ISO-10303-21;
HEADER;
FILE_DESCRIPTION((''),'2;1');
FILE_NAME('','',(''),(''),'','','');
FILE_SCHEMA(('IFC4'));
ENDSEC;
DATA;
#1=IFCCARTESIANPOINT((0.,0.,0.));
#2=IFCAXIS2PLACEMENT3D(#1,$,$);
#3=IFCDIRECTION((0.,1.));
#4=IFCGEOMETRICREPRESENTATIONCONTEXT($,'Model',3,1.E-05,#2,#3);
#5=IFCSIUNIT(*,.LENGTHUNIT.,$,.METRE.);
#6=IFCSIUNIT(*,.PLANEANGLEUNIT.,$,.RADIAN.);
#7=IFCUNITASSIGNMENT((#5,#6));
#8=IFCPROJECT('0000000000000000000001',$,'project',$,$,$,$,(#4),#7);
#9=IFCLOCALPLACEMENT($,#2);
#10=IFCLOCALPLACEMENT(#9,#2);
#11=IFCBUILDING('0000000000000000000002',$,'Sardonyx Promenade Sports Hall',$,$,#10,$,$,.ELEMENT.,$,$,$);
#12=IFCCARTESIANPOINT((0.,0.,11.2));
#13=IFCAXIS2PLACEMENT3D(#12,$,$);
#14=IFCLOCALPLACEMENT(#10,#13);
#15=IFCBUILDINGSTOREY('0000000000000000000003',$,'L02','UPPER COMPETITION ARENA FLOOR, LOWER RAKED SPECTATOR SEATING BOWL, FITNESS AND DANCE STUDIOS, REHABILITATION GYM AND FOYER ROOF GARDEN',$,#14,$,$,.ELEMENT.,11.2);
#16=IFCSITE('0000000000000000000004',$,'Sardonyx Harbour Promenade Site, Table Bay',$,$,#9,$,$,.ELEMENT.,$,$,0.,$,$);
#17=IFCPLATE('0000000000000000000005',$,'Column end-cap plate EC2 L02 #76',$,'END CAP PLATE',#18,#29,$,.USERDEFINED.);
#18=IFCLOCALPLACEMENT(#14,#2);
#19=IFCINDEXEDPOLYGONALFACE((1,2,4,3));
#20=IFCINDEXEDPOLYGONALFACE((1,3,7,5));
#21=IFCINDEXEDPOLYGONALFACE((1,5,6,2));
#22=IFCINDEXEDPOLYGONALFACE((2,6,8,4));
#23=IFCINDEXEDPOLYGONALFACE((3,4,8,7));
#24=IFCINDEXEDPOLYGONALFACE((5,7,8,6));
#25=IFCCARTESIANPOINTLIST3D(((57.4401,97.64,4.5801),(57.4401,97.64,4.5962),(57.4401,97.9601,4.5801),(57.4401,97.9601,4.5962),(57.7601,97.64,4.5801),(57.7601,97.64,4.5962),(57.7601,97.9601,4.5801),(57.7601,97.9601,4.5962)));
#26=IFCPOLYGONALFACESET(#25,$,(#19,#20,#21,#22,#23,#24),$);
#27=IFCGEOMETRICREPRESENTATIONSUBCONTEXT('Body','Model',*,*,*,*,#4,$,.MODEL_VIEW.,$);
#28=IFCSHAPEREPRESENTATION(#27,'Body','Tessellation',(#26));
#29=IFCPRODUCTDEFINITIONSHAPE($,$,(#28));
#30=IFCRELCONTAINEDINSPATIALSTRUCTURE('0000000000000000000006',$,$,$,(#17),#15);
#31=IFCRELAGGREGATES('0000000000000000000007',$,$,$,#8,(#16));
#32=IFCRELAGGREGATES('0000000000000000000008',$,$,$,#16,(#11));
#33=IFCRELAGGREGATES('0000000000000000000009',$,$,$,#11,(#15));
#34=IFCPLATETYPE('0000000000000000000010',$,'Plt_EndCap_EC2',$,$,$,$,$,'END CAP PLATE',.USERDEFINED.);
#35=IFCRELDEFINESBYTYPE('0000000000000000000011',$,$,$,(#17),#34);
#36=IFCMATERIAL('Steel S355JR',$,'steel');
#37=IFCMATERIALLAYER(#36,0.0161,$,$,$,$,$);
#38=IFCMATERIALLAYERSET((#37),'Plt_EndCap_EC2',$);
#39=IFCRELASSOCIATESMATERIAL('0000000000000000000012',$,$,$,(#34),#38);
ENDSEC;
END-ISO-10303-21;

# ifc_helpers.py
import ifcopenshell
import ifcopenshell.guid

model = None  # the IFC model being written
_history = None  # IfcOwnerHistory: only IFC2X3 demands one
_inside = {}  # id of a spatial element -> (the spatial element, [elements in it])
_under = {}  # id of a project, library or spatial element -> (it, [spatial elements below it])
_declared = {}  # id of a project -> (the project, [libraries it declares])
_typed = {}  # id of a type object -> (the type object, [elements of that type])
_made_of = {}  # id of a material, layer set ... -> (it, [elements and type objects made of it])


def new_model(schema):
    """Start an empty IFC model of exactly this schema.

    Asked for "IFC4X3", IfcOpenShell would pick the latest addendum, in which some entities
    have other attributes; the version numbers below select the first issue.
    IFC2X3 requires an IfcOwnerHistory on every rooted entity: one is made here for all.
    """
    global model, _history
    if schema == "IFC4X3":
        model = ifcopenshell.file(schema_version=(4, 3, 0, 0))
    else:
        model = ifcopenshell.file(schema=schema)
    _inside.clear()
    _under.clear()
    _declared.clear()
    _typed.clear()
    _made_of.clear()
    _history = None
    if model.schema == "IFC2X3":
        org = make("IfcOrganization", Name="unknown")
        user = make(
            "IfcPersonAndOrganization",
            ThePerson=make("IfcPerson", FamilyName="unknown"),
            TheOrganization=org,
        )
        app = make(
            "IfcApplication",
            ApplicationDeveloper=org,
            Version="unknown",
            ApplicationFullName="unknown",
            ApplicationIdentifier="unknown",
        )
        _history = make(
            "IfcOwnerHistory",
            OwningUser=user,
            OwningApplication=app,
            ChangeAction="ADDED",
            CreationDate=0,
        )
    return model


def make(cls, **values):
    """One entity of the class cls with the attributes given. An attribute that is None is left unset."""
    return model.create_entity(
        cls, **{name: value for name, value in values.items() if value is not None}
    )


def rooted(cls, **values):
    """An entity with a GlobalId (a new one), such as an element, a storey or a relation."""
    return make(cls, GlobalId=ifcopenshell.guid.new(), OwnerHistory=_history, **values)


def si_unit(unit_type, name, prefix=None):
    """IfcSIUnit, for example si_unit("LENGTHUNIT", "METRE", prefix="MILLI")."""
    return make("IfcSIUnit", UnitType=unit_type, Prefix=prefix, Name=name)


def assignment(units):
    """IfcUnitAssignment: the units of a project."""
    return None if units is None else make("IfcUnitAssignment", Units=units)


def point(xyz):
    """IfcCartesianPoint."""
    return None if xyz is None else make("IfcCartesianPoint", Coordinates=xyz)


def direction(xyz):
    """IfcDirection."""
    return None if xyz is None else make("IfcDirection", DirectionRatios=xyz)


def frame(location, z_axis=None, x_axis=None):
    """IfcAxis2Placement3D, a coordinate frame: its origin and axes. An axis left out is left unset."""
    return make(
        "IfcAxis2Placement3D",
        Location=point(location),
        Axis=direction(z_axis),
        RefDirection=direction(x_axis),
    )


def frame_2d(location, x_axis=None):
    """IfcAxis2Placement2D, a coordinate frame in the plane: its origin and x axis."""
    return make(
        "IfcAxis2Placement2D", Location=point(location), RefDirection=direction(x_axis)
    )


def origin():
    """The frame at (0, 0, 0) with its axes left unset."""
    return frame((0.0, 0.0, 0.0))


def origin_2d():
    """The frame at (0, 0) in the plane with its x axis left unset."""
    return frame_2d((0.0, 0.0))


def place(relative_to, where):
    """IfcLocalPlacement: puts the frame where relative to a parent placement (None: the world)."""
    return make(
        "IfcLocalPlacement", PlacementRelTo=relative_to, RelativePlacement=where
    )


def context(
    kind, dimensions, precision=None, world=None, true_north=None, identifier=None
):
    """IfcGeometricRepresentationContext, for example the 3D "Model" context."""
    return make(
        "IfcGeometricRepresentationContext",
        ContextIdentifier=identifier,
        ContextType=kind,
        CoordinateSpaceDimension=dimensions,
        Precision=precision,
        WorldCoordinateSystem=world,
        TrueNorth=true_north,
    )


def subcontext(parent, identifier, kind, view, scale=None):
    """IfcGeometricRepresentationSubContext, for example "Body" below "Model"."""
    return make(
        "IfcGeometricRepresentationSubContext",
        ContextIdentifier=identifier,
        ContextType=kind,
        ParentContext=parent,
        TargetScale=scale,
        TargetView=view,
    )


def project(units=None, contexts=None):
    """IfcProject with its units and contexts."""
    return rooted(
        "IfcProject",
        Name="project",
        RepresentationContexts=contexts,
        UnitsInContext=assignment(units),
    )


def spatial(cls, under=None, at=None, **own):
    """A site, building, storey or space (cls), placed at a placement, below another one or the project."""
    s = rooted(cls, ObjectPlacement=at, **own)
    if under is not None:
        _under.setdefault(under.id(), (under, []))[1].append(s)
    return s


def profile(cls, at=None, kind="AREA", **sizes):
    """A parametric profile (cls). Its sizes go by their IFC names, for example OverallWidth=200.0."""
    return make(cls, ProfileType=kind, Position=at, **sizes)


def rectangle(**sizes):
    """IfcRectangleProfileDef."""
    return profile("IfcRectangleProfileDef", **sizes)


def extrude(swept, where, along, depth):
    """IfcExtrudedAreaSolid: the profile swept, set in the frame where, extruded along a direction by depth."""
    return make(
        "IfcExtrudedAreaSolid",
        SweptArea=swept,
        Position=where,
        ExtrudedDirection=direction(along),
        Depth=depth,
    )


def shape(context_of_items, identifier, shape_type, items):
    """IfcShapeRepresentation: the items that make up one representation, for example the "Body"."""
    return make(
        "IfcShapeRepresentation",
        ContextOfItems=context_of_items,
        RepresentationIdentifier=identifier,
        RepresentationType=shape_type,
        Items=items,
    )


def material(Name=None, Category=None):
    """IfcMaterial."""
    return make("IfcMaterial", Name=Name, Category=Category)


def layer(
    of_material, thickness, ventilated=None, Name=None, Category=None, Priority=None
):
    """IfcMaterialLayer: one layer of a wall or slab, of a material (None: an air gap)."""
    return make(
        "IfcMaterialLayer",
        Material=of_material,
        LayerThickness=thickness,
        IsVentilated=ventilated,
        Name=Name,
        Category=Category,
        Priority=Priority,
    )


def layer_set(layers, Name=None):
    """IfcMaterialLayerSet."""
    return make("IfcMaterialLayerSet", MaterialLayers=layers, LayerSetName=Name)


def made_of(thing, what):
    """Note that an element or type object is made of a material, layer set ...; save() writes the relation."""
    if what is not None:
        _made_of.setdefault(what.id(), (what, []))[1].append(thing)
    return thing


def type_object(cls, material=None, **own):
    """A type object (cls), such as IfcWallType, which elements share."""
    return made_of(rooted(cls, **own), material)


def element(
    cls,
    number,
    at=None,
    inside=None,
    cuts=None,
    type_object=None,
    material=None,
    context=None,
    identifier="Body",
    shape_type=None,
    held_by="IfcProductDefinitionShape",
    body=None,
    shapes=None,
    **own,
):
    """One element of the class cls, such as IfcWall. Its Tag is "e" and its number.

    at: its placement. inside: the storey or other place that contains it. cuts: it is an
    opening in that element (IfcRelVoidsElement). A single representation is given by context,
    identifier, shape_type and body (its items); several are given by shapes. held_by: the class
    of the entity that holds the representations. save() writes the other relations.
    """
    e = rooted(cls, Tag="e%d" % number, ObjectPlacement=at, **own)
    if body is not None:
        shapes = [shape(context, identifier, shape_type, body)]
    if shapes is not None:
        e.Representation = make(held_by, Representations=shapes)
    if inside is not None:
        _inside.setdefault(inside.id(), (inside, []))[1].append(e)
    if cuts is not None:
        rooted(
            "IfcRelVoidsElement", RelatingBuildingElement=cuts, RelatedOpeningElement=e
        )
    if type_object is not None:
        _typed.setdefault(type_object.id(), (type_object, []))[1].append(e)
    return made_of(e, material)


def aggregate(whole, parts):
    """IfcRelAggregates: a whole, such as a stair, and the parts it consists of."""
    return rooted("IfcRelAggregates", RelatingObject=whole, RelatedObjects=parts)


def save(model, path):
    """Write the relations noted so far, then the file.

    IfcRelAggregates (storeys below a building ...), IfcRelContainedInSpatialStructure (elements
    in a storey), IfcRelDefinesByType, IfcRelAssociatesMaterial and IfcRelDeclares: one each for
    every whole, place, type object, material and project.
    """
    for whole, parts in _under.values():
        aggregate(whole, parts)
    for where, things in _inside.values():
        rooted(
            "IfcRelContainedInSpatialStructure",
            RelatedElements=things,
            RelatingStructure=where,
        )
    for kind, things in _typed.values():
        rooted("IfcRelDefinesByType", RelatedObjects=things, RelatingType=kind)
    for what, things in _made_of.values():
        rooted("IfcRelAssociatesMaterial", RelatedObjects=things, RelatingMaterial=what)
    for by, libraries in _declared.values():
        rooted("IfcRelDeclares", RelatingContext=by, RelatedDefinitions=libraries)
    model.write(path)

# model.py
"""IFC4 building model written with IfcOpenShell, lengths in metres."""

from ifc_helpers import new_model, si_unit, direction, frame, origin, origin_2d, place, context, subcontext, project, spatial, rectangle, extrude, material, layer, layer_set, type_object, element, save


model = new_model("IFC4")

# Units and contexts
model_context = context("Model", 3, precision=1e-05, world=origin(), true_north=direction((0.0, 1.0)))
body_context = subcontext(model_context, "Body", "Model", "MODEL_VIEW")
ifc_project = project(units=[si_unit("LENGTHUNIT", "METRE"), si_unit("PLANEANGLEUNIT", "RADIAN")], contexts=[model_context])

# Site, building, storey
site_placement = place(None, origin())
site = spatial("IfcSite", under=ifc_project, at=site_placement, Name="Sardonyx Harbour Promenade Site, Table Bay", CompositionType="ELEMENT", RefElevation=0.0)
building_placement = place(site_placement, origin())
building = spatial("IfcBuilding", under=site, at=building_placement, Name="Sardonyx Promenade Sports Hall", CompositionType="ELEMENT")
storey_placement = place(building_placement, frame((0.0, 0.0, 11.2)))
storey = spatial("IfcBuildingStorey", under=building, at=storey_placement, Name="L02", Description="UPPER COMPETITION ARENA FLOOR, LOWER RAKED SPECTATOR SEATING BOWL, FITNESS AND DANCE STUDIOS, REHABILITATION GYM AND FOYER ROOF GARDEN", CompositionType="ELEMENT", Elevation=11.2)

# Plate
ifc_material_1 = material(Name="Steel S355JR", Category="steel")
ifc_layer = layer(ifc_material_1, 0.0161)
ifc_layer_set = layer_set([ifc_layer], Name="Plt_EndCap_EC2")
plate_type = type_object("IfcPlateType", Name="Plt_EndCap_EC2", ElementType="END CAP PLATE", PredefinedType="USERDEFINED", material=ifc_layer_set)
for number, where, z_axis, x_axis, name in (
    (1, (57.6001, 97.8, 4.5801), (0.0, 0.0, 1.0), (1.0, 0.0, 0.0), "Column end-cap plate EC2 L02 #76"),
):
    element("IfcPlate", number, at=place(storey_placement, frame(where, z_axis=z_axis, x_axis=x_axis)), inside=storey, type_object=plate_type, Name=name, ObjectType="END CAP PLATE", PredefinedType="USERDEFINED", context=body_context, shape_type="SweptSolid", body=[
        extrude(rectangle(XDim=0.3201, YDim=0.3201, at=origin_2d()), origin(), (0.0, 0.0, 1.0), 0.0161),
    ])

save(model, "model.ifc")
